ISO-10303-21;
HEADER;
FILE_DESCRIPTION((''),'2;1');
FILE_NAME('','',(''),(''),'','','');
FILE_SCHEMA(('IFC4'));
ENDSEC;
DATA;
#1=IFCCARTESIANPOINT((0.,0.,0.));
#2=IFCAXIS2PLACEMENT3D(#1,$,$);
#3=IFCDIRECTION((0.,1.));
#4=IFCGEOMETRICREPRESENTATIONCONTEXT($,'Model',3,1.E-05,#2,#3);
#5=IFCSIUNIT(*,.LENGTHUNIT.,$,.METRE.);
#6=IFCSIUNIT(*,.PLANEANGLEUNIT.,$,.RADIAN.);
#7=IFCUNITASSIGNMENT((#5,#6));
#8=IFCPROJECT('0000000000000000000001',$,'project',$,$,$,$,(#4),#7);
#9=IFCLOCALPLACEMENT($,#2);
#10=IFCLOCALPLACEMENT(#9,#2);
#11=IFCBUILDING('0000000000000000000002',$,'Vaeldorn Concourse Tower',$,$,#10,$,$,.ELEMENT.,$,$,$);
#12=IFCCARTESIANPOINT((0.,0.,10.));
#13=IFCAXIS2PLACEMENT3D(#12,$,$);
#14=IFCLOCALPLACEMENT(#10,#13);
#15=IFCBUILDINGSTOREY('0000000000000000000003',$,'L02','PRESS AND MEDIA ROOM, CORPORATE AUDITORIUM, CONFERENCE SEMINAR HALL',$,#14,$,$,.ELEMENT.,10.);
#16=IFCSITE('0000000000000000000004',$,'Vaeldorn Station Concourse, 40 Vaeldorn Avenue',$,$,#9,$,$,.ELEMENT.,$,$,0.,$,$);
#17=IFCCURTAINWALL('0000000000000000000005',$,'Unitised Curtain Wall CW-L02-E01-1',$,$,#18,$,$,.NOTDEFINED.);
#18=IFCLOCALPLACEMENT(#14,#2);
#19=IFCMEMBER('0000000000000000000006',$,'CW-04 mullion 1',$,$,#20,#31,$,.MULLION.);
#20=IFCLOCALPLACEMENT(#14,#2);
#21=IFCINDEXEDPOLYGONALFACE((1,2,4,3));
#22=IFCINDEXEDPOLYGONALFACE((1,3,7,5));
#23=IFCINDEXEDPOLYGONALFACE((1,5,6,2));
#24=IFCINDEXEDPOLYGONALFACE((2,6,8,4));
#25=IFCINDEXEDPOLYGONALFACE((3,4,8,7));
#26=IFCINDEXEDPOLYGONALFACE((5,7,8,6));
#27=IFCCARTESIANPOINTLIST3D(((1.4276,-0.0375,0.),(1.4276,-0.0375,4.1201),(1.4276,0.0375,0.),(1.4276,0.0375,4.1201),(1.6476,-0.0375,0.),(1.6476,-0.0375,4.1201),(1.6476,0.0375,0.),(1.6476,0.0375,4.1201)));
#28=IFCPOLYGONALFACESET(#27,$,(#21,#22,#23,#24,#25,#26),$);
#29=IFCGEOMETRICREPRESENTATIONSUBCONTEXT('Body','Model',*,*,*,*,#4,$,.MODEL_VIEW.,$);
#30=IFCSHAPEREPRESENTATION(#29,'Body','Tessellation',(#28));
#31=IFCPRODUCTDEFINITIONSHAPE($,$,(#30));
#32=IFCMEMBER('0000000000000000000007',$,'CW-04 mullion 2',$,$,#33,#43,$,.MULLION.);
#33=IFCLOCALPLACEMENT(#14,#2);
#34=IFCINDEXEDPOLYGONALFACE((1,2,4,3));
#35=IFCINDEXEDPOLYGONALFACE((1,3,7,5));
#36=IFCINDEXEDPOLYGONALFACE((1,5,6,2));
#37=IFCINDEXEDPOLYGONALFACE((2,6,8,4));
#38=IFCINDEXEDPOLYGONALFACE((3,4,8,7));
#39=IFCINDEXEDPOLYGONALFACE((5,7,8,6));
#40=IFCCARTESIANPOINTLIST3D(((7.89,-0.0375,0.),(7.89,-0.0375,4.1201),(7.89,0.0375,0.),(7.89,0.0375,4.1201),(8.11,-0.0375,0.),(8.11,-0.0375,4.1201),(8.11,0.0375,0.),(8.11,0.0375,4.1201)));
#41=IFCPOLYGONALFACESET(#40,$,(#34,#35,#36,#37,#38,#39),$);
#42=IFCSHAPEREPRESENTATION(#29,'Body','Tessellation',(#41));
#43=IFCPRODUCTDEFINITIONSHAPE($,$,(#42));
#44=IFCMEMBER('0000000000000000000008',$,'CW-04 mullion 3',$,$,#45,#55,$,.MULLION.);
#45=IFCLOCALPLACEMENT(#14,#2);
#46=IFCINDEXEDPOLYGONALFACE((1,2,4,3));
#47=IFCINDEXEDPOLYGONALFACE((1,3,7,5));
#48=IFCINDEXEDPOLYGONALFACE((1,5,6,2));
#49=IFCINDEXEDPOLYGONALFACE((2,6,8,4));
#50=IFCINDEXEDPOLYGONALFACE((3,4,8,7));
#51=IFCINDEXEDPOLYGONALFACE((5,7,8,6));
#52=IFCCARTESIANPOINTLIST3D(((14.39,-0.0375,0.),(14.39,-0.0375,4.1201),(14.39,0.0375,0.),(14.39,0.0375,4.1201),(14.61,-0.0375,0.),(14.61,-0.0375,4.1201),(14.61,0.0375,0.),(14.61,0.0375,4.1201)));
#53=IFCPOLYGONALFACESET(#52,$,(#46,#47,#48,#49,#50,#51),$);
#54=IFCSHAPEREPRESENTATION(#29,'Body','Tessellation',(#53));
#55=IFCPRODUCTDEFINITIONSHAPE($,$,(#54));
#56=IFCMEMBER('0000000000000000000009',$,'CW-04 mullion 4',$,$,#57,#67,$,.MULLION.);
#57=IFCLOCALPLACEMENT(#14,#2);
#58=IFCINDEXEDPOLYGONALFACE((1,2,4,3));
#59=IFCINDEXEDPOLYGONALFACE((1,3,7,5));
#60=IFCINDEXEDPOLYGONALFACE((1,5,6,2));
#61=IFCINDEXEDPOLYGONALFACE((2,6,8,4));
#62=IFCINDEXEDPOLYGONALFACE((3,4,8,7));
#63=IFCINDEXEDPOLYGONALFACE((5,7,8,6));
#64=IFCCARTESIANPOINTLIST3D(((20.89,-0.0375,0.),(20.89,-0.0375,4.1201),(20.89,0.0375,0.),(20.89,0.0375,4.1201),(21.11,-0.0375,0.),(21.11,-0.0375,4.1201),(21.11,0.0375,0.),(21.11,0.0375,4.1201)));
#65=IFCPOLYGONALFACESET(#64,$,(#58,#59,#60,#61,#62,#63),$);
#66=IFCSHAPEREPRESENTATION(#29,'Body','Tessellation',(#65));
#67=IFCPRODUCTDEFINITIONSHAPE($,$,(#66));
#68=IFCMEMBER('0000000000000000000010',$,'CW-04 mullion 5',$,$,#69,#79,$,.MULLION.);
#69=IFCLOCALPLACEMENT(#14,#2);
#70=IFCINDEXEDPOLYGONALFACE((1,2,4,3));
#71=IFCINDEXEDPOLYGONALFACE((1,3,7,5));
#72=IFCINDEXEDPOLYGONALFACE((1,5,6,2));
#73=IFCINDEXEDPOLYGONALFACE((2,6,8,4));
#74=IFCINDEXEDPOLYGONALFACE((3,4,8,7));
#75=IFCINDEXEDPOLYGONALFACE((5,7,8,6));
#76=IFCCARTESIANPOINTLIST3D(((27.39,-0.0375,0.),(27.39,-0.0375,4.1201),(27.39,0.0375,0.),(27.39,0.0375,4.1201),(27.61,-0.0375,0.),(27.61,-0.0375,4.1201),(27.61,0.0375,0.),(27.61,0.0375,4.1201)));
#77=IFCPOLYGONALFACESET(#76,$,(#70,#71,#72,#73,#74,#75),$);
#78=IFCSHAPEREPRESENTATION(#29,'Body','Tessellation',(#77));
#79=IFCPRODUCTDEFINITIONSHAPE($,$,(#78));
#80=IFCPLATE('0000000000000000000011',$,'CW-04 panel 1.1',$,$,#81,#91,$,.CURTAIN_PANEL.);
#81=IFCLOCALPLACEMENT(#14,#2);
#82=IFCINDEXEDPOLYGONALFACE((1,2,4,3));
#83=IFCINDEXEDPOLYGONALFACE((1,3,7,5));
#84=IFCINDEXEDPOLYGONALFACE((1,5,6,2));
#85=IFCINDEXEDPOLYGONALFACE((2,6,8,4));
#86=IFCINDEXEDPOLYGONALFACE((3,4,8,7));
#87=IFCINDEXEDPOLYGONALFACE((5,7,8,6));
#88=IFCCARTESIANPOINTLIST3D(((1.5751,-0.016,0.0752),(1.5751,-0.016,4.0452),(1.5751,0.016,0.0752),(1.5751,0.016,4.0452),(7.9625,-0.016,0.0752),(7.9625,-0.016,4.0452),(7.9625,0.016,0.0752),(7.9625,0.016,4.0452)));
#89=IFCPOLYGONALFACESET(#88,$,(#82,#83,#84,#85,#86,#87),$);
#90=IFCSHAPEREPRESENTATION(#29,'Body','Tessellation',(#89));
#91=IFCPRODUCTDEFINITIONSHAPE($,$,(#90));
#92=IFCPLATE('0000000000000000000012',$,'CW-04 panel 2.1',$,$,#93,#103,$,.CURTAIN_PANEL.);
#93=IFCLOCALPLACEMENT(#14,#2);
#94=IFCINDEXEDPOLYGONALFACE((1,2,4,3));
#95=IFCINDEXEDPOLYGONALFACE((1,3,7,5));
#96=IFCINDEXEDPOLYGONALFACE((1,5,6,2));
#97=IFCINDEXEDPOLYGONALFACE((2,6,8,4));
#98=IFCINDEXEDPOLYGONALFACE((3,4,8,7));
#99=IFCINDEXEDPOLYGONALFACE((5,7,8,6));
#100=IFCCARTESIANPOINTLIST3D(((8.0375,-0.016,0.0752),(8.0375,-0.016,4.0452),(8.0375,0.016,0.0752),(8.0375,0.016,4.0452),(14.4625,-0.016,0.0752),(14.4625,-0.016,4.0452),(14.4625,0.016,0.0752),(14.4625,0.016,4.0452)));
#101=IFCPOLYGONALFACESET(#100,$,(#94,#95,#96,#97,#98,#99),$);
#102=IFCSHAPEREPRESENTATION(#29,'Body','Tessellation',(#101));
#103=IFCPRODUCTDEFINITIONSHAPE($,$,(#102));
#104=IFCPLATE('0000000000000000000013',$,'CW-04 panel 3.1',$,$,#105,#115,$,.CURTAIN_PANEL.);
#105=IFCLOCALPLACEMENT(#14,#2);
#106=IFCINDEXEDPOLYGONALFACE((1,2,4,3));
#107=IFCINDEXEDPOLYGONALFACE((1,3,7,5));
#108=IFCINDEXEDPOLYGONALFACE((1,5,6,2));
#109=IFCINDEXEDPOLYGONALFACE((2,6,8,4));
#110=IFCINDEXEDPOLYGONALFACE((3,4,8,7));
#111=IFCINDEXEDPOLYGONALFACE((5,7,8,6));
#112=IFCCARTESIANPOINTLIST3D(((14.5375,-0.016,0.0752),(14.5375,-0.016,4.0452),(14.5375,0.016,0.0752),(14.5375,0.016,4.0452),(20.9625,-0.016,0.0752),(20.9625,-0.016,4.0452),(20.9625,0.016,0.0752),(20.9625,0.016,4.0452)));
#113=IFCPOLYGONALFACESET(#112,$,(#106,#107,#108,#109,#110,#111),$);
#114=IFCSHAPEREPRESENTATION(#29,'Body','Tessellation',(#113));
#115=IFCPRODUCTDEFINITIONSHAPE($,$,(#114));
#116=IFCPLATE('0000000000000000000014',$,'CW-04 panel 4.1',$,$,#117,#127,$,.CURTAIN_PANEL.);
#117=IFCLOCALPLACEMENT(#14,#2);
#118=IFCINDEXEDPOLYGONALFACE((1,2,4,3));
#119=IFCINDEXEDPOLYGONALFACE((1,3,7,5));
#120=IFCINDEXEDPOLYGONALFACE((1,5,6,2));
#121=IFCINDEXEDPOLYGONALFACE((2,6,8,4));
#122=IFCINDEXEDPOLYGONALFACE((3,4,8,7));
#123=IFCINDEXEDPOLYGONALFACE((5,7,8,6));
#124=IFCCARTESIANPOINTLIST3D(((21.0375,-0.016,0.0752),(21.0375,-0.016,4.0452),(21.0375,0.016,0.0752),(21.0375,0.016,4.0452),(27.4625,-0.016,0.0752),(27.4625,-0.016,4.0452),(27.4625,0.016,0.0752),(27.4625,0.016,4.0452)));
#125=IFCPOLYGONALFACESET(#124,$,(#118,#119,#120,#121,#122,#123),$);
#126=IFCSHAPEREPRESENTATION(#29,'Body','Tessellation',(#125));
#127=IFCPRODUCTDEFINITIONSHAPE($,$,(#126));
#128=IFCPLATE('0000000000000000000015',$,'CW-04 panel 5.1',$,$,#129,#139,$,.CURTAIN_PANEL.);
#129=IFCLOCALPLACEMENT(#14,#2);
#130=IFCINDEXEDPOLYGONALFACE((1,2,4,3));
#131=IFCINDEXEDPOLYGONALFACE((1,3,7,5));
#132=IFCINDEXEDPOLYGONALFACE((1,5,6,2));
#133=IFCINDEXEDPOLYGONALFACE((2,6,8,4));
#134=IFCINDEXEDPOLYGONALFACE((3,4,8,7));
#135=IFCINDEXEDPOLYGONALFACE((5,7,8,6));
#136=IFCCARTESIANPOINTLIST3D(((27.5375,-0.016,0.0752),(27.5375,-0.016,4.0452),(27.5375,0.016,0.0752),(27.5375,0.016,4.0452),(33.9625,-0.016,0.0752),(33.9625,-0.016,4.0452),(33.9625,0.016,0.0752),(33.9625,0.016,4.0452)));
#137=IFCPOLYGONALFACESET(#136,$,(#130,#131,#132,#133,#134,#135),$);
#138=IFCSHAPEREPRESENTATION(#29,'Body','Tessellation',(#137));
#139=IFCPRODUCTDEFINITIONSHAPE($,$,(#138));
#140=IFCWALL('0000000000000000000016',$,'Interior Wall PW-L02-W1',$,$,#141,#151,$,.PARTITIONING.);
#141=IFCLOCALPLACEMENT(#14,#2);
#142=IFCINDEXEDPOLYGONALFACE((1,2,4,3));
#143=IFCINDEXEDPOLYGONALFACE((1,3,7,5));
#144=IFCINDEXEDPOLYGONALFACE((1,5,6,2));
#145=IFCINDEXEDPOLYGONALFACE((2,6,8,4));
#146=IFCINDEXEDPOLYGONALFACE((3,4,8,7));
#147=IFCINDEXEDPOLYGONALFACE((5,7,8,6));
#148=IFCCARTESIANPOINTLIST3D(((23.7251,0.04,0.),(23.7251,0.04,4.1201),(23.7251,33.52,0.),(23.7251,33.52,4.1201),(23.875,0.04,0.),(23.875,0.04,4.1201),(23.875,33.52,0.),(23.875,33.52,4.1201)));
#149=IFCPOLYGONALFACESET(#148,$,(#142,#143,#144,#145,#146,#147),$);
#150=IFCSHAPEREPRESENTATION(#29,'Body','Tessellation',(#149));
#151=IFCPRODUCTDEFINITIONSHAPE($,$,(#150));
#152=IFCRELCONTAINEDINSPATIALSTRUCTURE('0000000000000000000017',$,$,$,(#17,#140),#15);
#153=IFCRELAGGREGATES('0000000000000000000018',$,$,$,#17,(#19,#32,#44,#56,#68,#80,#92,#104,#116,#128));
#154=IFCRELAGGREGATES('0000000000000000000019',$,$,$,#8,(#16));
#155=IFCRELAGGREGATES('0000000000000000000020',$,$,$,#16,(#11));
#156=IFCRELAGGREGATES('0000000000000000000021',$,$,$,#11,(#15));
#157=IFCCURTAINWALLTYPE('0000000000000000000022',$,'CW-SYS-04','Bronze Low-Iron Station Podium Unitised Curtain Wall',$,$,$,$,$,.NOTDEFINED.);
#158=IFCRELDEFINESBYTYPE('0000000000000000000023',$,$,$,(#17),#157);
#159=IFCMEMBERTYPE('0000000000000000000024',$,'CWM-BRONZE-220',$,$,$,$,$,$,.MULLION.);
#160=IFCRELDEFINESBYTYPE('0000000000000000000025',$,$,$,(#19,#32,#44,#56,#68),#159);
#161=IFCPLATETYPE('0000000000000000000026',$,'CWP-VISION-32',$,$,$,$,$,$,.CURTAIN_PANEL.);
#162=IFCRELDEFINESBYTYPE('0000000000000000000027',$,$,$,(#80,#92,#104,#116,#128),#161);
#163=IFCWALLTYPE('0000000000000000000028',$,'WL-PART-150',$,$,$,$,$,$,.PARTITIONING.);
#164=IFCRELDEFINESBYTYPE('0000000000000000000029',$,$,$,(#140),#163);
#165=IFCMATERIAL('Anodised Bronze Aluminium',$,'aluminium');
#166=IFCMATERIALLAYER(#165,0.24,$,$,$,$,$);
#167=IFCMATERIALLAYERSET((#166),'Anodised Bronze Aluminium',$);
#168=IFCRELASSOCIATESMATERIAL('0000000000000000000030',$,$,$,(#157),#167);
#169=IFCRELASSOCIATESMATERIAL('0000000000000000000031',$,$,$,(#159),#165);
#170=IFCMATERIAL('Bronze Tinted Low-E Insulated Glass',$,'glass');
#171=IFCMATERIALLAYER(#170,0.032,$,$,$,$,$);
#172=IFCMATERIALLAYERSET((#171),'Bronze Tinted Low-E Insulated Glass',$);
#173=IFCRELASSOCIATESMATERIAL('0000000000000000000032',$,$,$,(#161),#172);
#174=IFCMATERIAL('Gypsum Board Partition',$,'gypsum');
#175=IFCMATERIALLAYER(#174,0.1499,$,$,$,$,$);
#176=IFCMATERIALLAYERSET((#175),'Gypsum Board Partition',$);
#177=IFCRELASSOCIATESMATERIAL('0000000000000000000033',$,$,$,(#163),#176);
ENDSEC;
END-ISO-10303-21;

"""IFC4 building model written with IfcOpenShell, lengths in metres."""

from ifc_helpers import new_model, si_unit, direction, frame, frame_2d, origin, origin_2d, place, context, subcontext, project, spatial, rectangle, extrude, source, transform, mapped, material, layer, layer_set, material_profile, profile_set, type_object, element, aggregate, save


model = new_model("IFC4")

# Units and contexts
model_context = context("Model", 3, precision=1e-05, world=origin(), true_north=direction((0.0, 1.0)))
body_context = subcontext(model_context, "Body", "Model", "MODEL_VIEW")
ifc_project = project(units=[si_unit("LENGTHUNIT", "METRE"), si_unit("PLANEANGLEUNIT", "RADIAN")], contexts=[model_context])

# Site, building, storey
site_placement = place(None, origin())
site = spatial("IfcSite", under=ifc_project, at=site_placement, Name="Vaeldorn Station Concourse, 40 Vaeldorn Avenue", CompositionType="ELEMENT", RefElevation=0.0)
building_placement = place(site_placement, origin())
building = spatial("IfcBuilding", under=site, at=building_placement, Name="Vaeldorn Concourse Tower", CompositionType="ELEMENT")
storey_placement = place(building_placement, frame((0.0, 0.0, 10.0)))
storey = spatial("IfcBuildingStorey", under=building, at=storey_placement, Name="L02", Description="PRESS AND MEDIA ROOM, CORPORATE AUDITORIUM, CONFERENCE SEMINAR HALL", CompositionType="ELEMENT", Elevation=10.0)

# Curtain wall, members, plates
ifc_material_1 = material(Name="Anodised Bronze Aluminium", Category="aluminium")
ifc_layer_1 = layer(ifc_material_1, 0.24)
ifc_layer_set_1 = layer_set([ifc_layer_1], Name="Anodised Bronze Aluminium")
curtain_wall_type = type_object("IfcCurtainWallType", Name="CW-SYS-04", Description="Bronze Low-Iron Station Podium Unitised Curtain Wall", PredefinedType="NOTDEFINED", material=ifc_layer_set_1)
curtain_wall_placement = place(storey_placement, origin())
curtain_wall = element("IfcCurtainWall", 1, at=curtain_wall_placement, inside=storey, type_object=curtain_wall_type, Name="Unitised Curtain Wall CW-L02-E01-1", PredefinedType="NOTDEFINED")
ifc_material_profile_1 = material_profile(ifc_material_1, rectangle(XDim=0.075, YDim=0.22, at=origin_2d()), Name="CWM 75x220")
ifc_profile_set_1 = profile_set([ifc_material_profile_1], Name="Anodised Bronze Aluminium")
member_type_1 = type_object("IfcMemberType", Name="CWM-BRONZE-220", PredefinedType="MULLION", material=ifc_profile_set_1)
shared_shape_1 = source(origin(), body_context, "Body", "SweptSolid", [
    extrude(rectangle(XDim=0.075, YDim=0.22, at=origin_2d()), origin(), (0.0, 0.0, 1.0), 4.1201),
])
member_1_placement = place(storey_placement, frame((1.5376, 0.0, 0.0), z_axis=(0.0, 0.0, 1.0), x_axis=(0.0, 1.0, 0.0)))
member_1 = element("IfcMember", 2, at=member_1_placement, type_object=member_type_1, Name="CW-04 mullion 1", PredefinedType="MULLION", context=body_context, shape_type="MappedRepresentation", body=[
    mapped(shared_shape_1, transform((0.0, 0.0, 0.0), scale=1.0)),
])
member_2_placement = place(storey_placement, frame((8.0, 0.0, 0.0), z_axis=(0.0, 0.0, 1.0), x_axis=(0.0, 1.0, 0.0)))
member_2 = element("IfcMember", 3, at=member_2_placement, type_object=member_type_1, Name="CW-04 mullion 2", PredefinedType="MULLION", context=body_context, shape_type="MappedRepresentation", body=[
    mapped(shared_shape_1, transform((0.0, 0.0, 0.0), scale=1.0)),
])
member_3_placement = place(storey_placement, frame((14.5, 0.0, 0.0), z_axis=(0.0, 0.0, 1.0), x_axis=(0.0, 1.0, 0.0)))
member_3 = element("IfcMember", 4, at=member_3_placement, type_object=member_type_1, Name="CW-04 mullion 3", PredefinedType="MULLION", context=body_context, shape_type="MappedRepresentation", body=[
    mapped(shared_shape_1, transform((0.0, 0.0, 0.0), scale=1.0)),
])
member_4_placement = place(storey_placement, frame((21.0, 0.0, 0.0), z_axis=(0.0, 0.0, 1.0), x_axis=(0.0, 1.0, 0.0)))
member_4 = element("IfcMember", 5, at=member_4_placement, type_object=member_type_1, Name="CW-04 mullion 4", PredefinedType="MULLION", context=body_context, shape_type="MappedRepresentation", body=[
    mapped(shared_shape_1, transform((0.0, 0.0, 0.0), scale=1.0)),
])
member_5_placement = place(storey_placement, frame((27.5, 0.0, 0.0), z_axis=(0.0, 0.0, 1.0), x_axis=(0.0, 1.0, 0.0)))
member_5 = element("IfcMember", 6, at=member_5_placement, type_object=member_type_1, Name="CW-04 mullion 5", PredefinedType="MULLION", context=body_context, shape_type="MappedRepresentation", body=[
    mapped(shared_shape_1, transform((0.0, 0.0, 0.0), scale=1.0)),
])
ifc_material_2 = material(Name="Bronze Tinted Low-E Insulated Glass", Category="glass")
ifc_layer_2 = layer(ifc_material_2, 0.032)
ifc_layer_set_2 = layer_set([ifc_layer_2], Name="Bronze Tinted Low-E Insulated Glass")
plate_type = type_object("IfcPlateType", Name="CWP-VISION-32", PredefinedType="CURTAIN_PANEL", material=ifc_layer_set_2)
shared_shape_2 = source(origin(), body_context, "Body", "SweptSolid", [
    extrude(rectangle(XDim=6.3875, YDim=0.032, at=origin_2d()), origin(), (0.0, 0.0, 1.0), 3.97),
])
plate_1_placement = place(storey_placement, frame((4.7688, 0.0, 0.0752), z_axis=(0.0, 0.0, 1.0), x_axis=(1.0, 0.0, 0.0)))
plate_1 = element("IfcPlate", 7, at=plate_1_placement, type_object=plate_type, Name="CW-04 panel 1.1", PredefinedType="CURTAIN_PANEL", context=body_context, shape_type="MappedRepresentation", body=[
    mapped(shared_shape_2, transform((0.0, 0.0, 0.0), scale=1.0)),
])
shared_shape_3 = source(origin(), body_context, "Body", "SweptSolid", [
    extrude(rectangle(XDim=6.425, YDim=0.032, at=origin_2d()), origin(), (0.0, 0.0, 1.0), 3.97),
])
plate_2_placement = place(storey_placement, frame((11.25, 0.0, 0.0752), z_axis=(0.0, 0.0, 1.0), x_axis=(1.0, 0.0, 0.0)))
plate_2 = element("IfcPlate", 8, at=plate_2_placement, type_object=plate_type, Name="CW-04 panel 2.1", PredefinedType="CURTAIN_PANEL", context=body_context, shape_type="MappedRepresentation", body=[
    mapped(shared_shape_3, transform((0.0, 0.0, 0.0), scale=1.0)),
])
plate_3_placement = place(storey_placement, frame((17.75, 0.0, 0.0752), z_axis=(0.0, 0.0, 1.0), x_axis=(1.0, 0.0, 0.0)))
plate_3 = element("IfcPlate", 9, at=plate_3_placement, type_object=plate_type, Name="CW-04 panel 3.1", PredefinedType="CURTAIN_PANEL", context=body_context, shape_type="MappedRepresentation", body=[
    mapped(shared_shape_3, transform((0.0, 0.0, 0.0), scale=1.0)),
])
plate_4_placement = place(storey_placement, frame((24.25, 0.0, 0.0752), z_axis=(0.0, 0.0, 1.0), x_axis=(1.0, 0.0, 0.0)))
plate_4 = element("IfcPlate", 10, at=plate_4_placement, type_object=plate_type, Name="CW-04 panel 4.1", PredefinedType="CURTAIN_PANEL", context=body_context, shape_type="MappedRepresentation", body=[
    mapped(shared_shape_3, transform((0.0, 0.0, 0.0), scale=1.0)),
])
plate_5_placement = place(storey_placement, frame((30.75, 0.0, 0.0752), z_axis=(0.0, 0.0, 1.0), x_axis=(1.0, 0.0, 0.0)))
plate_5 = element("IfcPlate", 11, at=plate_5_placement, type_object=plate_type, Name="CW-04 panel 5.1", PredefinedType="CURTAIN_PANEL", context=body_context, shape_type="MappedRepresentation", body=[
    mapped(shared_shape_3, transform((0.0, 0.0, 0.0), scale=1.0)),
])
aggregate(curtain_wall, [member_1, member_2, member_3, member_4, member_5, plate_1, plate_2, plate_3, plate_4, plate_5])

# Wall
ifc_material_3 = material(Name="Gypsum Board Partition", Category="gypsum")
ifc_layer_3 = layer(ifc_material_3, 0.1499)
ifc_layer_set_3 = layer_set([ifc_layer_3], Name="Gypsum Board Partition")
wall_type = type_object("IfcWallType", Name="WL-PART-150", PredefinedType="PARTITIONING", material=ifc_layer_set_3)
wall_placement = place(storey_placement, frame((23.8, 0.04, 0.0), z_axis=(0.0, 0.0, 1.0), x_axis=(0.0, 1.0, 0.0)))
element("IfcWall", 12, at=wall_placement, inside=storey, type_object=wall_type, Name="Interior Wall PW-L02-W1", PredefinedType="PARTITIONING", context=body_context, shape_type="SweptSolid", body=[
    extrude(rectangle(XDim=33.48, YDim=0.1499, at=frame_2d((16.74, 0.0))), origin(), (0.0, 0.0, 1.0), 4.1201),
])

save(model, "model.ifc")
